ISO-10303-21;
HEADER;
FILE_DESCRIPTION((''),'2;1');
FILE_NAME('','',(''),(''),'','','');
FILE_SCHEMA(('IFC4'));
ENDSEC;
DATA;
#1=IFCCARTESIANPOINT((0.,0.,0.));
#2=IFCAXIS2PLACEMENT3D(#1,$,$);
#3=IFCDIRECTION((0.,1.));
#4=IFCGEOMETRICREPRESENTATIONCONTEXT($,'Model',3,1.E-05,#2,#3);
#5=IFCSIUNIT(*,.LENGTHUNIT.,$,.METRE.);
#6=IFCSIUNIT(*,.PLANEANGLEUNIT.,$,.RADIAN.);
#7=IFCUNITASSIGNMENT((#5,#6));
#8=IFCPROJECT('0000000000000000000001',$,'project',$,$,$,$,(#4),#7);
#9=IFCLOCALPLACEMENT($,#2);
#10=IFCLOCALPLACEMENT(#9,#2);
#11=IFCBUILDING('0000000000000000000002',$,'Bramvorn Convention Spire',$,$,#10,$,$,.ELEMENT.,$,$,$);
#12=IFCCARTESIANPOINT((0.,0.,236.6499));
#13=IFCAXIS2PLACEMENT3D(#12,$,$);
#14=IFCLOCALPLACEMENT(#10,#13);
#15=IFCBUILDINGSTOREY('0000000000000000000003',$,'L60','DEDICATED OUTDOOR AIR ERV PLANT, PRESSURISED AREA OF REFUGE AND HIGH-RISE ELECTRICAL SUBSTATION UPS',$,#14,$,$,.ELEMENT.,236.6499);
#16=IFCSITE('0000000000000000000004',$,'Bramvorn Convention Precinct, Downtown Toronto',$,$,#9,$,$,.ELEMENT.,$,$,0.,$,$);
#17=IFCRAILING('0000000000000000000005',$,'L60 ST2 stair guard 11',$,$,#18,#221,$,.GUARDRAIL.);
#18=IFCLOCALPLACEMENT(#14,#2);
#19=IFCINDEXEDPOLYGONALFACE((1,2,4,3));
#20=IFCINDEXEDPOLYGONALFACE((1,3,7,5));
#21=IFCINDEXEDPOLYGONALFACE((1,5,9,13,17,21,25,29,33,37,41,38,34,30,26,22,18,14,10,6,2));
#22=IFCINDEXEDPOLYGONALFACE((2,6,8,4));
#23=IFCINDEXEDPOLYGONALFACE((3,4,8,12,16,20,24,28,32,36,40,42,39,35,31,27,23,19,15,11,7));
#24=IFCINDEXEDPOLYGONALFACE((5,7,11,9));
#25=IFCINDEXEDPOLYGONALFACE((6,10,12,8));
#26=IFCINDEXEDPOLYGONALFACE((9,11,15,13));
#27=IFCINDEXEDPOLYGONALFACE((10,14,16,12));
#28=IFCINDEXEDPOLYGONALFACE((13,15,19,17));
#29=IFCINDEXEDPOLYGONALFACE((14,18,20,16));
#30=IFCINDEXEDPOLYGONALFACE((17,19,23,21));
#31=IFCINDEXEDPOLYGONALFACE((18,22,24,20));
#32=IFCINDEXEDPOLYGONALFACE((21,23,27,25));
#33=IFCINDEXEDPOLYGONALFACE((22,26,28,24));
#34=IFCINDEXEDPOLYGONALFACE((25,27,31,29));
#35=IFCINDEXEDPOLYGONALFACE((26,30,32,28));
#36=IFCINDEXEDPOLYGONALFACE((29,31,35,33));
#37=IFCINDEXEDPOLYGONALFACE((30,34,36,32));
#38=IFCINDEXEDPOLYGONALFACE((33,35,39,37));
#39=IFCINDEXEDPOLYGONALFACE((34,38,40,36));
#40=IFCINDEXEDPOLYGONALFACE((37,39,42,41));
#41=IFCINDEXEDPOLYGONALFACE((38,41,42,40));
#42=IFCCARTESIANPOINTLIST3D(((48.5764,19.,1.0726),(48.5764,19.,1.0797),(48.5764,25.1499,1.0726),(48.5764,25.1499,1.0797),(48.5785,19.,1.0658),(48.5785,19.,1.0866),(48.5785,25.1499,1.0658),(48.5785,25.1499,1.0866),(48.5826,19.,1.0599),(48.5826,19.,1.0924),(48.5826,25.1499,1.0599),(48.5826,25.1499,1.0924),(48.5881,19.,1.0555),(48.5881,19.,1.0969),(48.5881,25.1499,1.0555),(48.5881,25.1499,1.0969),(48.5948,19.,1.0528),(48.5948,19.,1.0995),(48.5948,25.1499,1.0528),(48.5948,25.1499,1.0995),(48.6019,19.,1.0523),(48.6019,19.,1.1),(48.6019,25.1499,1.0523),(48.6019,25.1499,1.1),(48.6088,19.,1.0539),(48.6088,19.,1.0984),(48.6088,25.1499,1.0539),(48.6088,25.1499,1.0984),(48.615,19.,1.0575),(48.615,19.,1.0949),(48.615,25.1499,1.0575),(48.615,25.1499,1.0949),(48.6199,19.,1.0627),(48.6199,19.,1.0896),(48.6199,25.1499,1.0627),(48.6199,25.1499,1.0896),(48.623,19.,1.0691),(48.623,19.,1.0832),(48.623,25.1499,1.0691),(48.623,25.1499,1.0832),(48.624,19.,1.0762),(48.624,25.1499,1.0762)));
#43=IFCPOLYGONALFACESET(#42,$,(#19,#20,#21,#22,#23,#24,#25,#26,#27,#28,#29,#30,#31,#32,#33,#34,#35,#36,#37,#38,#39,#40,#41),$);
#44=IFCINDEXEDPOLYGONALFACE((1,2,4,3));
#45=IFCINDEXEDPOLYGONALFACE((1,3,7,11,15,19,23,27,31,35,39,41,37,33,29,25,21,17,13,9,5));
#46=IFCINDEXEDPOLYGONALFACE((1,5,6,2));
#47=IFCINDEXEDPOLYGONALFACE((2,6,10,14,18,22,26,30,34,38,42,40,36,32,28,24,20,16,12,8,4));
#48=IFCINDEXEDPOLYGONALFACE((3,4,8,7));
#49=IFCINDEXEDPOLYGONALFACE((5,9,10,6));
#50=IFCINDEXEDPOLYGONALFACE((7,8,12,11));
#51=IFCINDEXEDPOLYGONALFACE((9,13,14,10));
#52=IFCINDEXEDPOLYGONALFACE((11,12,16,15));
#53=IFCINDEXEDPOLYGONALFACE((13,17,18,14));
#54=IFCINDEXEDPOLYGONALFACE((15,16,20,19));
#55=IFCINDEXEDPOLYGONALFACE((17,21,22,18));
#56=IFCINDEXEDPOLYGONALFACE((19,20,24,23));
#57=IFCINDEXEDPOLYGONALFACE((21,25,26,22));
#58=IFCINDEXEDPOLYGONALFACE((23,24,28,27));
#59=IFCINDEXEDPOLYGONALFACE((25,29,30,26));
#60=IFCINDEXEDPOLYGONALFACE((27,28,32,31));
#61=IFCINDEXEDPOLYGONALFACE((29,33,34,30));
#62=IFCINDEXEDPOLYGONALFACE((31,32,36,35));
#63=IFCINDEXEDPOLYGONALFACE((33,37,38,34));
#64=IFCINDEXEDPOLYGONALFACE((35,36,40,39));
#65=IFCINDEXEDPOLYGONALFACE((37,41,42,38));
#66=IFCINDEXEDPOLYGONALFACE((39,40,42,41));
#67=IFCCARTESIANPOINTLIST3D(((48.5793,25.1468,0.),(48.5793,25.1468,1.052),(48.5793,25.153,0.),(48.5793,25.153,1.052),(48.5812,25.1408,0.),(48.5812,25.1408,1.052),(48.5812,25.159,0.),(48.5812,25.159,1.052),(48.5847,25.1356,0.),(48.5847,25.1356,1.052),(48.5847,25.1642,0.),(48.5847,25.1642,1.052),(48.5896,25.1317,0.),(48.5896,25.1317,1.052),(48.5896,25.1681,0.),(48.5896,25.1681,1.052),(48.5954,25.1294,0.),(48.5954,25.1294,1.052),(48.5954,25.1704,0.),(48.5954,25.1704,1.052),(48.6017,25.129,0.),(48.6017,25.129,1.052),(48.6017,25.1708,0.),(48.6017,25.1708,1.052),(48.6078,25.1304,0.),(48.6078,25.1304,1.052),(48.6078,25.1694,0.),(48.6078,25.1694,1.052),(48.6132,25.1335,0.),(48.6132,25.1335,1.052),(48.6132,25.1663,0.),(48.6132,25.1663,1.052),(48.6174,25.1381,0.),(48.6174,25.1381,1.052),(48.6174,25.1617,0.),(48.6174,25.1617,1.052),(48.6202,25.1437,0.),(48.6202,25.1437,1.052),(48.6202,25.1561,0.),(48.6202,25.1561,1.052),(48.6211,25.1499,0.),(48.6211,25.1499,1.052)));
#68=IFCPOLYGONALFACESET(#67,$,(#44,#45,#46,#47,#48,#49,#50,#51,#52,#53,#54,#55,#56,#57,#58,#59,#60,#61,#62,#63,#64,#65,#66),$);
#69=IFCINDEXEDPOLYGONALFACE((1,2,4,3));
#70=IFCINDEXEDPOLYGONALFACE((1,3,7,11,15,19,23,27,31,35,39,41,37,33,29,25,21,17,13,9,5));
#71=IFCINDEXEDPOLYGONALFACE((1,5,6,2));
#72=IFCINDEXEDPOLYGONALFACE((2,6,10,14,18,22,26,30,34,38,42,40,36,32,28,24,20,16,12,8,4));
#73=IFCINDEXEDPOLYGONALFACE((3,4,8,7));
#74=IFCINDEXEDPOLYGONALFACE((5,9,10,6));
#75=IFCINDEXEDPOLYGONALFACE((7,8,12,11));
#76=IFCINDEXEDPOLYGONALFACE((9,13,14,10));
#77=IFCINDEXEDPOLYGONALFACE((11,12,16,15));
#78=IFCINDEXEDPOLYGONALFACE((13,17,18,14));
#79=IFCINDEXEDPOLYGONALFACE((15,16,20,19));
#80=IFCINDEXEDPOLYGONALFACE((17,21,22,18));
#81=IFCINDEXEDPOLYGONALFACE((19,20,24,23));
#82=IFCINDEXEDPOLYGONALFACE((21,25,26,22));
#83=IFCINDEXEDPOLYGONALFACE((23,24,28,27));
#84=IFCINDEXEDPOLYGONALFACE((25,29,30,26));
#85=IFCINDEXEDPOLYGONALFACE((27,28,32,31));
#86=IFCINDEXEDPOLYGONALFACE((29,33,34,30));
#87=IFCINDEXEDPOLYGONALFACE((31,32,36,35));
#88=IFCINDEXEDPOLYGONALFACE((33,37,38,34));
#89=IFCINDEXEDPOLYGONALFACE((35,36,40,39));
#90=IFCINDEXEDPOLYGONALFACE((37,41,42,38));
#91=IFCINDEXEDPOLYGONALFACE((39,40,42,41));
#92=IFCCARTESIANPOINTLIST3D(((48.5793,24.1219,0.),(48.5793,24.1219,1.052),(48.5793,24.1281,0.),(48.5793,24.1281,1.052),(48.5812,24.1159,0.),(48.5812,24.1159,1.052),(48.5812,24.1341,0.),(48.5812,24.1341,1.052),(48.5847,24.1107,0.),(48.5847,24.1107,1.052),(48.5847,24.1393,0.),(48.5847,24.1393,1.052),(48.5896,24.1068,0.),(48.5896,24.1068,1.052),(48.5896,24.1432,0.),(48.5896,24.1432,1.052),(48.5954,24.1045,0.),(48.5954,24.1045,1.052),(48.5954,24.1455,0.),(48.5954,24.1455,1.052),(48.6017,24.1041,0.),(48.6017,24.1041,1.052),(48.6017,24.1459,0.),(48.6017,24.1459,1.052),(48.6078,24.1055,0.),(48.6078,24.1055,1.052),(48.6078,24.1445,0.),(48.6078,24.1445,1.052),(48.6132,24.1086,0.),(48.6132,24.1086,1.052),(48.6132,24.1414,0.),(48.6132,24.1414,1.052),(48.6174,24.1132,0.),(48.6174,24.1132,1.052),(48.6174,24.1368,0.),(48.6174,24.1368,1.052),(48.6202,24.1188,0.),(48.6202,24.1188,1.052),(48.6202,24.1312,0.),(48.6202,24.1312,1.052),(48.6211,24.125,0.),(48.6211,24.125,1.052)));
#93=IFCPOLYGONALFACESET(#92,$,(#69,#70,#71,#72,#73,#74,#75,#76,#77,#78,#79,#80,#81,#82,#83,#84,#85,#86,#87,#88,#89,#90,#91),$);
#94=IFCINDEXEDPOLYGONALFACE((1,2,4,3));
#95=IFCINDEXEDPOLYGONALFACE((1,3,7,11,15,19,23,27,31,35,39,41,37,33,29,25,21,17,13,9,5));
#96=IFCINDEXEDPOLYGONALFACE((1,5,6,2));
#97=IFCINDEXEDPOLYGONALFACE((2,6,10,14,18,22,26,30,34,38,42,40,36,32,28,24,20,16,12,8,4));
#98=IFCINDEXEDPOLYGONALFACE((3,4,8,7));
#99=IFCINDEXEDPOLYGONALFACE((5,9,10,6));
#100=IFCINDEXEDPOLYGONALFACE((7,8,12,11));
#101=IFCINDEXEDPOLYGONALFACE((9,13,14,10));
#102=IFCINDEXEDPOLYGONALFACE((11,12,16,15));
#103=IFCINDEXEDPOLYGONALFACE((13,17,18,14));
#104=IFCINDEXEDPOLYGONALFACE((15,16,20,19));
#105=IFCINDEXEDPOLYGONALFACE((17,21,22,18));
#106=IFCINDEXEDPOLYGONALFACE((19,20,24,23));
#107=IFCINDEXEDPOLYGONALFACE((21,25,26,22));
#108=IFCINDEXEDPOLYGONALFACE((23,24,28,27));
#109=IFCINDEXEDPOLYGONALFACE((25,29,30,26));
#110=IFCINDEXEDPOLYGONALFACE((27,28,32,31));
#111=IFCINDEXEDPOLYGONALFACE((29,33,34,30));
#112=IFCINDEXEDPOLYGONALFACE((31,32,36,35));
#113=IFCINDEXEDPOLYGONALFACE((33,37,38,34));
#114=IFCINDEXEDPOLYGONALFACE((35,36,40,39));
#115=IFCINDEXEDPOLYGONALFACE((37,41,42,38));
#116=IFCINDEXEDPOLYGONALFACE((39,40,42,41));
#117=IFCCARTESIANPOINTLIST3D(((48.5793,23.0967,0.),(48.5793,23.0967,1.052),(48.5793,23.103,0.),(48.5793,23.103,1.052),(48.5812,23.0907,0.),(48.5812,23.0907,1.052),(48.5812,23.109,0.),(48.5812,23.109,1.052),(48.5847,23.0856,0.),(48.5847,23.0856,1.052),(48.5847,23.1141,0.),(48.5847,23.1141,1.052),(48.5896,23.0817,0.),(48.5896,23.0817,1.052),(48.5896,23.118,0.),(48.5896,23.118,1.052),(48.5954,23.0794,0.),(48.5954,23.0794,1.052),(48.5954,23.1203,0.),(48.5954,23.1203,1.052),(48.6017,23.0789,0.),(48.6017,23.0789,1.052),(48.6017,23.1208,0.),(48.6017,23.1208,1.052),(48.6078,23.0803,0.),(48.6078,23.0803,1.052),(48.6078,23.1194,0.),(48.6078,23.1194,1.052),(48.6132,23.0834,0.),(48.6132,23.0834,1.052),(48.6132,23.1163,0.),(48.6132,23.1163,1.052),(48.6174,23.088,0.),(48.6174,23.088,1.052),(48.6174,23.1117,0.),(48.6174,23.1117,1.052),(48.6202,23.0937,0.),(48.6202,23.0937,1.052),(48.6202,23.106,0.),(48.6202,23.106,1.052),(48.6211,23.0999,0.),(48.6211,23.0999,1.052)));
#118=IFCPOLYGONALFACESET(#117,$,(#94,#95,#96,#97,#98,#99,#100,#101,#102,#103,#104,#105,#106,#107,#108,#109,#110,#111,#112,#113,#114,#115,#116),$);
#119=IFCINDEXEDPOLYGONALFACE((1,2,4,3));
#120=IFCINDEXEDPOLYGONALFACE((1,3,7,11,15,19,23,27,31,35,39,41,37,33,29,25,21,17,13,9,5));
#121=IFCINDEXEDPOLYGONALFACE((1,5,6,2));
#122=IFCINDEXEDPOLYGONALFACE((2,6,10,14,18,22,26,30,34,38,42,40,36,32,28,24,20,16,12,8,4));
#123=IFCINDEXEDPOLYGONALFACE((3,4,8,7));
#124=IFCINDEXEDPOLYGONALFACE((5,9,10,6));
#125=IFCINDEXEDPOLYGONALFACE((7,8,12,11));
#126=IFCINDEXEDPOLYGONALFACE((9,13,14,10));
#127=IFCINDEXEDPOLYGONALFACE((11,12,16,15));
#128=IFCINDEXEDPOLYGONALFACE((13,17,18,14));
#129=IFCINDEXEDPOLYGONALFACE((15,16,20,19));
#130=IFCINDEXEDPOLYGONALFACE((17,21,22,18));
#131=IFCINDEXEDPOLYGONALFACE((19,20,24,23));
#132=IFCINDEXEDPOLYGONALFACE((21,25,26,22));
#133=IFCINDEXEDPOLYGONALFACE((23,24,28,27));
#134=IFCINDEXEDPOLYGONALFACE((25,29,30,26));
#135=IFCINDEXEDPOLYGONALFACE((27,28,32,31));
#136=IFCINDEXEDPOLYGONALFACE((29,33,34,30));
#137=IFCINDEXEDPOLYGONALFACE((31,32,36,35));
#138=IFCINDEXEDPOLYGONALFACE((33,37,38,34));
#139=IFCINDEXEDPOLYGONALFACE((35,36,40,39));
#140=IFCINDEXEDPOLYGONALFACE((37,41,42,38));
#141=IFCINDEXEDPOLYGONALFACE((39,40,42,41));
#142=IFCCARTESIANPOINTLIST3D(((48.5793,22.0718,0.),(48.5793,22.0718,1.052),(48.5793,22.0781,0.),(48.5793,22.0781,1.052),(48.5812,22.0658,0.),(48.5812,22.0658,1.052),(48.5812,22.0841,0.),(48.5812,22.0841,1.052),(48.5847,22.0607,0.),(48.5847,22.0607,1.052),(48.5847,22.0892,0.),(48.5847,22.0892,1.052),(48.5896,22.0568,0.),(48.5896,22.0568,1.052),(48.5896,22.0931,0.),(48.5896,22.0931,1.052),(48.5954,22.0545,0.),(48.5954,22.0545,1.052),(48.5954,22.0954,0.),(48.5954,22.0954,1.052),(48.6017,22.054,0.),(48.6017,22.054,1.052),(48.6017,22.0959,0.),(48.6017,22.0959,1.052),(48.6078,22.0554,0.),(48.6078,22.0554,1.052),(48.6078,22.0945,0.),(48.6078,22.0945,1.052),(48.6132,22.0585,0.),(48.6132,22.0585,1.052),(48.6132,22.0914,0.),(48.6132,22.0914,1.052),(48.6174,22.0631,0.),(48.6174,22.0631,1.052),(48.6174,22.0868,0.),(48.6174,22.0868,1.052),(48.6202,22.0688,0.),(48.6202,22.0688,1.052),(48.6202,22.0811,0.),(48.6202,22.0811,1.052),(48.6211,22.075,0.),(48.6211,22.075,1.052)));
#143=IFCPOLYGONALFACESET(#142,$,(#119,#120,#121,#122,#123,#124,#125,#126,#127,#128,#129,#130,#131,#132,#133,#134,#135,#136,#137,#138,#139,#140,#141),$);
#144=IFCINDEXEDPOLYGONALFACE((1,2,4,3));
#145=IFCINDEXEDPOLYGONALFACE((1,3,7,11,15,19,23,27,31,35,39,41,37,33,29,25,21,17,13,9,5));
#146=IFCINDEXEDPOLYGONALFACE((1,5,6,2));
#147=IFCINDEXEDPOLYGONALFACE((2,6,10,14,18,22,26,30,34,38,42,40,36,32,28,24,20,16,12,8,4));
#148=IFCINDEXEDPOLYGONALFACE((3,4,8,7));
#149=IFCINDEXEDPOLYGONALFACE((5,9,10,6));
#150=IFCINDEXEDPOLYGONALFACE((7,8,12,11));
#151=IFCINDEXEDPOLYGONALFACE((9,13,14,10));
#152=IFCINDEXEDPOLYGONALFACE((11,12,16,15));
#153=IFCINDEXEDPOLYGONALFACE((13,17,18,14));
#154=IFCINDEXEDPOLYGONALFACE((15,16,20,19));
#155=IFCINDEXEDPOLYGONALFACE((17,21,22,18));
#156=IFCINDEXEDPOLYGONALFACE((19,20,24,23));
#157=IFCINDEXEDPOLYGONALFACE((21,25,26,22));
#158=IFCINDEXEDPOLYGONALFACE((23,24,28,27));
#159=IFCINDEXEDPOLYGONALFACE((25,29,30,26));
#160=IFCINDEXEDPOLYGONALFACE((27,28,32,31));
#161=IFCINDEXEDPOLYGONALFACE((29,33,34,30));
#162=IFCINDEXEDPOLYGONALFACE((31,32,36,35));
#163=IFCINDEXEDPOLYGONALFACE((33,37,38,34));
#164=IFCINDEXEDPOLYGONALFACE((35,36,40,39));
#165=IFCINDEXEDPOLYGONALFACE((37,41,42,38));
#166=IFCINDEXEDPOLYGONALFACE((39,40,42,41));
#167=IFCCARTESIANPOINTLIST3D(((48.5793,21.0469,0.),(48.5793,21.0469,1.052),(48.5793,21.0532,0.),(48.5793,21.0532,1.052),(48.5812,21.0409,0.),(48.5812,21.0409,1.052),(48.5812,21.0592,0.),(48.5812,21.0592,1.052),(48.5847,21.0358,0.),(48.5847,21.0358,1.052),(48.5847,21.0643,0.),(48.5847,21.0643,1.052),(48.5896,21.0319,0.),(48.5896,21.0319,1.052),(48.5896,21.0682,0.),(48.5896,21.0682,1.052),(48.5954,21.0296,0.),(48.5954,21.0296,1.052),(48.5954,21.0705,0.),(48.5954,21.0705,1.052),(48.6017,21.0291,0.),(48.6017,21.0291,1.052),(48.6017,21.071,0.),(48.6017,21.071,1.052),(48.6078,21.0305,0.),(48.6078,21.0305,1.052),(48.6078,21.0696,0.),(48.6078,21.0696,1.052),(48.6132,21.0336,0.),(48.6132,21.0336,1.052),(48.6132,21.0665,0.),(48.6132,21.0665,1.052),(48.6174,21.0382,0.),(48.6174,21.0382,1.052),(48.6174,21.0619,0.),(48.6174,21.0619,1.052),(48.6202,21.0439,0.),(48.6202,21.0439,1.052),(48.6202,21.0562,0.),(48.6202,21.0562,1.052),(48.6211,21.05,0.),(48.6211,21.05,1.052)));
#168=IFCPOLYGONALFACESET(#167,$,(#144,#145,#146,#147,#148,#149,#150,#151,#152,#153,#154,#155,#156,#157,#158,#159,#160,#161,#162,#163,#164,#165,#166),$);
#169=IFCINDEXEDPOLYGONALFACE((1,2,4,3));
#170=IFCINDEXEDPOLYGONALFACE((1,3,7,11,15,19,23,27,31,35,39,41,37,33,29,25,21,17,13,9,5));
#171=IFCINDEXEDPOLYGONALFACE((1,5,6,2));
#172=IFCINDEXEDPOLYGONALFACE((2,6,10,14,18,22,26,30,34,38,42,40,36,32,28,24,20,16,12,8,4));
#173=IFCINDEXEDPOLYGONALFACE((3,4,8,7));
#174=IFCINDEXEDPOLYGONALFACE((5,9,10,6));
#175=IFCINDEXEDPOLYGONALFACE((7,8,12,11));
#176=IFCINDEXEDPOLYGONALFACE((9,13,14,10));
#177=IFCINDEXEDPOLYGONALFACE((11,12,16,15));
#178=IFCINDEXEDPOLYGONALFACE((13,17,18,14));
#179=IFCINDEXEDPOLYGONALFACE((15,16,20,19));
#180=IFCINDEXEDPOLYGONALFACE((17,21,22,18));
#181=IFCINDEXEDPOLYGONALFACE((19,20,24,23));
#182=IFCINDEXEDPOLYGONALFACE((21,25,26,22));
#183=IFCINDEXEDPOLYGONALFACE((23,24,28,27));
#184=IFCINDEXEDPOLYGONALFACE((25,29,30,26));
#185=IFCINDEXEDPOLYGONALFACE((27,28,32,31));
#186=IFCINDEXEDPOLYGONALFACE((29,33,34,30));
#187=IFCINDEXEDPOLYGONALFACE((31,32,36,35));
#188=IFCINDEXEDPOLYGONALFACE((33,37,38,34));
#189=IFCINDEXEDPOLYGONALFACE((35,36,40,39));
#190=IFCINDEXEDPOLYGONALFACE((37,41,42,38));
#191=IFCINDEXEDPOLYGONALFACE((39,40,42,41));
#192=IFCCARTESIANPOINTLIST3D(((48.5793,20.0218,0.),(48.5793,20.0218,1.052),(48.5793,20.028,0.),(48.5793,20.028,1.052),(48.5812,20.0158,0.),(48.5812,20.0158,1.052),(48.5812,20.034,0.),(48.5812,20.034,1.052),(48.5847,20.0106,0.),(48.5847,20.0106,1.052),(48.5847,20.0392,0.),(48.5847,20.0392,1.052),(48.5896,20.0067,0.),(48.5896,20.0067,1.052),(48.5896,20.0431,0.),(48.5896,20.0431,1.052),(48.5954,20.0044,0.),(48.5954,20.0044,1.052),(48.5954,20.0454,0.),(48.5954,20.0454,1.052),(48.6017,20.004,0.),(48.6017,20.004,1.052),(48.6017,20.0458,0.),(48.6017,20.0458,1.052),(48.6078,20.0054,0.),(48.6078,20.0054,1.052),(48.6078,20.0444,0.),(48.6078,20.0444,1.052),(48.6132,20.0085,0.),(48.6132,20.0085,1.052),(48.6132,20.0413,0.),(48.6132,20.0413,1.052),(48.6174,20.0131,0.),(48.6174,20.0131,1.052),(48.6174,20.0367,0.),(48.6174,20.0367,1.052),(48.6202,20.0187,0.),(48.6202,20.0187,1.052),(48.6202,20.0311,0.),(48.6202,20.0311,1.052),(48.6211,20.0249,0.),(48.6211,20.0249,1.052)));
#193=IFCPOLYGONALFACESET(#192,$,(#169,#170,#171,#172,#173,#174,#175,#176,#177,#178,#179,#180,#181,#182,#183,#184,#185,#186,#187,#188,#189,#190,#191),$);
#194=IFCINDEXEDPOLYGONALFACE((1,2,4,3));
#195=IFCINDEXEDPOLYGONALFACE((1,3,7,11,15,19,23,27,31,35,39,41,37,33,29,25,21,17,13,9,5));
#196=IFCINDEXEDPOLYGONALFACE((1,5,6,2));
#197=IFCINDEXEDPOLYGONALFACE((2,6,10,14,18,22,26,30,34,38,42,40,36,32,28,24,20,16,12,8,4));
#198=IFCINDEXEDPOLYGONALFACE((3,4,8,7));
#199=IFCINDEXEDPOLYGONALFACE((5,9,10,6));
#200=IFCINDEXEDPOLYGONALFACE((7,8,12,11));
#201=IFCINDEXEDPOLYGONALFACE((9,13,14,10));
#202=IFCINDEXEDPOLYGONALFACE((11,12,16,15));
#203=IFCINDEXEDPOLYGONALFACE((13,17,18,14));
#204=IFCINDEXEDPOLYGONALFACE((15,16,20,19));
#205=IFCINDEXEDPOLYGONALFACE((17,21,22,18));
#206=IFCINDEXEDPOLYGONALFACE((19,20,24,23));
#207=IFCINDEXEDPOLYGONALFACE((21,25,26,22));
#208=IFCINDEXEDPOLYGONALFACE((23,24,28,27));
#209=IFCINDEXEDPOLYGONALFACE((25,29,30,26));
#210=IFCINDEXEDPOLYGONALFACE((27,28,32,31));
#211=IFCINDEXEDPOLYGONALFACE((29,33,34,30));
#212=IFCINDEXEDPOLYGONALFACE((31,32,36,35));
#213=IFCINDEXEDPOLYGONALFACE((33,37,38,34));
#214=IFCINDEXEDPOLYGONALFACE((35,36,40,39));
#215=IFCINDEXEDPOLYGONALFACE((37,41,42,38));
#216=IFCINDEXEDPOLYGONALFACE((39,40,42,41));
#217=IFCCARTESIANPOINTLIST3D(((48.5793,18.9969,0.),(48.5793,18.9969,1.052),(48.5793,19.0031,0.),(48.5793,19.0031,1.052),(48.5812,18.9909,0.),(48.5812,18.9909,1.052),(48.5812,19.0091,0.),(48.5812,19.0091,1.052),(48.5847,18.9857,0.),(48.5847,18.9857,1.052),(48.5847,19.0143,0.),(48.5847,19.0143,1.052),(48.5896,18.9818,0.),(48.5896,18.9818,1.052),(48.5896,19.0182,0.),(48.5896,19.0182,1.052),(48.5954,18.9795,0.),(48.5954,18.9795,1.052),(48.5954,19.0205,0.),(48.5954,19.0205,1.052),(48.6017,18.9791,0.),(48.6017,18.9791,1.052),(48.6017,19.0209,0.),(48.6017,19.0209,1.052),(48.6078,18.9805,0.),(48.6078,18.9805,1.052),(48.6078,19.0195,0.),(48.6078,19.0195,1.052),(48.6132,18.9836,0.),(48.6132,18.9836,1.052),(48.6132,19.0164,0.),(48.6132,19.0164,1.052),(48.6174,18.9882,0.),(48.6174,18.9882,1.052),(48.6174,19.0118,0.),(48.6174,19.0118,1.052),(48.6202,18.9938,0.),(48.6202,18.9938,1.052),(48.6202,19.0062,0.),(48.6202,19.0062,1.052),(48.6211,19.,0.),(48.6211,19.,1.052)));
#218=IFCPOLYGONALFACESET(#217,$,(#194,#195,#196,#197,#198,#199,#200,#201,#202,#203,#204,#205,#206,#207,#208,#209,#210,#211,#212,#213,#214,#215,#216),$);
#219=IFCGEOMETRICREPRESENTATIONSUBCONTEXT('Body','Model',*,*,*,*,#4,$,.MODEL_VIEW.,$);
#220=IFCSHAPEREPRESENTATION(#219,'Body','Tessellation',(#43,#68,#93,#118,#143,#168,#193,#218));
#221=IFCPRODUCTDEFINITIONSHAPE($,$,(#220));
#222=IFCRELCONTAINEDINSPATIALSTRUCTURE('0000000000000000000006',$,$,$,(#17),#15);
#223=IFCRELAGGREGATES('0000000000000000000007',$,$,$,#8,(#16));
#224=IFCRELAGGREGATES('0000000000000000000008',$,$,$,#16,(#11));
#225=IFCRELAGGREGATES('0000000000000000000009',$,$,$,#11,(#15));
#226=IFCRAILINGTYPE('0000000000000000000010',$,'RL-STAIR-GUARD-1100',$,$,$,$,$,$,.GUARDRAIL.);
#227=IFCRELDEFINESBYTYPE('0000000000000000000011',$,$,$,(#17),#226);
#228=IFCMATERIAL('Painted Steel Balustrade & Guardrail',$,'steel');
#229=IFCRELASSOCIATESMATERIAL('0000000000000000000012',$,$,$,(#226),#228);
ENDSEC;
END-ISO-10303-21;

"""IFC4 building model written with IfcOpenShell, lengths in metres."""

from ifc_helpers import new_model, si_unit, direction, frame, origin, origin_2d, place, context, subcontext, project, spatial, circle, extrude, material, type_object, element, save


model = new_model("IFC4")

# Units and contexts
model_context = context("Model", 3, precision=1e-05, world=origin(), true_north=direction((0.0, 1.0)))
body_context = subcontext(model_context, "Body", "Model", "MODEL_VIEW")
ifc_project = project(units=[si_unit("LENGTHUNIT", "METRE"), si_unit("PLANEANGLEUNIT", "RADIAN")], contexts=[model_context])

# Site, building, storey
site_placement = place(None, origin())
site = spatial("IfcSite", under=ifc_project, at=site_placement, Name="Bramvorn Convention Precinct, Downtown Toronto", CompositionType="ELEMENT", RefElevation=0.0)
building_placement = place(site_placement, origin())
building = spatial("IfcBuilding", under=site, at=building_placement, Name="Bramvorn Convention Spire", CompositionType="ELEMENT")
storey_placement = place(building_placement, frame((0.0, 0.0, 236.6499)))
storey = spatial("IfcBuildingStorey", under=building, at=storey_placement, Name="L60", Description="DEDICATED OUTDOOR AIR ERV PLANT, PRESSURISED AREA OF REFUGE AND HIGH-RISE ELECTRICAL SUBSTATION UPS", CompositionType="ELEMENT", Elevation=236.6499)

# Railing
ifc_material_1 = material(Name="Painted Steel Balustrade & Guardrail", Category="steel")
railing_type = type_object("IfcRailingType", Name="RL-STAIR-GUARD-1100", PredefinedType="GUARDRAIL", material=ifc_material_1)
railing_placement = place(storey_placement, frame((48.6001, 25.1499, 0.0)))
element("IfcRailing", 1, at=railing_placement, inside=storey, type_object=railing_type, Name="L60 ST2 stair guard 11", PredefinedType="GUARDRAIL", context=body_context, shape_type="SweptSolid", body=[
    extrude(circle(Radius=0.0239, at=origin_2d()), frame((0.0, 0.0, 1.0762), z_axis=(0.0, -1.0, 0.0), x_axis=(1.0, 0.0, 0.0)), (0.0, 0.0, 1.0), 6.1499),
    extrude(circle(Radius=0.021, at=origin_2d()), origin(), (0.0, 0.0, 1.0), 1.052),
    extrude(circle(Radius=0.021, at=origin_2d()), frame((0.0, -1.0249, 0.0)), (0.0, 0.0, 1.0), 1.052),
    extrude(circle(Radius=0.021, at=origin_2d()), frame((0.0, -2.05, 0.0)), (0.0, 0.0, 1.0), 1.052),
    extrude(circle(Radius=0.021, at=origin_2d()), frame((0.0, -3.075, 0.0)), (0.0, 0.0, 1.0), 1.052),
    extrude(circle(Radius=0.021, at=origin_2d()), frame((0.0, -4.0999, 0.0)), (0.0, 0.0, 1.0), 1.052),
    extrude(circle(Radius=0.021, at=origin_2d()), frame((0.0, -5.125, 0.0)), (0.0, 0.0, 1.0), 1.052),
    extrude(circle(Radius=0.021, at=origin_2d()), frame((0.0, -6.1499, 0.0)), (0.0, 0.0, 1.0), 1.052),
])

save(model, "model.ifc")
